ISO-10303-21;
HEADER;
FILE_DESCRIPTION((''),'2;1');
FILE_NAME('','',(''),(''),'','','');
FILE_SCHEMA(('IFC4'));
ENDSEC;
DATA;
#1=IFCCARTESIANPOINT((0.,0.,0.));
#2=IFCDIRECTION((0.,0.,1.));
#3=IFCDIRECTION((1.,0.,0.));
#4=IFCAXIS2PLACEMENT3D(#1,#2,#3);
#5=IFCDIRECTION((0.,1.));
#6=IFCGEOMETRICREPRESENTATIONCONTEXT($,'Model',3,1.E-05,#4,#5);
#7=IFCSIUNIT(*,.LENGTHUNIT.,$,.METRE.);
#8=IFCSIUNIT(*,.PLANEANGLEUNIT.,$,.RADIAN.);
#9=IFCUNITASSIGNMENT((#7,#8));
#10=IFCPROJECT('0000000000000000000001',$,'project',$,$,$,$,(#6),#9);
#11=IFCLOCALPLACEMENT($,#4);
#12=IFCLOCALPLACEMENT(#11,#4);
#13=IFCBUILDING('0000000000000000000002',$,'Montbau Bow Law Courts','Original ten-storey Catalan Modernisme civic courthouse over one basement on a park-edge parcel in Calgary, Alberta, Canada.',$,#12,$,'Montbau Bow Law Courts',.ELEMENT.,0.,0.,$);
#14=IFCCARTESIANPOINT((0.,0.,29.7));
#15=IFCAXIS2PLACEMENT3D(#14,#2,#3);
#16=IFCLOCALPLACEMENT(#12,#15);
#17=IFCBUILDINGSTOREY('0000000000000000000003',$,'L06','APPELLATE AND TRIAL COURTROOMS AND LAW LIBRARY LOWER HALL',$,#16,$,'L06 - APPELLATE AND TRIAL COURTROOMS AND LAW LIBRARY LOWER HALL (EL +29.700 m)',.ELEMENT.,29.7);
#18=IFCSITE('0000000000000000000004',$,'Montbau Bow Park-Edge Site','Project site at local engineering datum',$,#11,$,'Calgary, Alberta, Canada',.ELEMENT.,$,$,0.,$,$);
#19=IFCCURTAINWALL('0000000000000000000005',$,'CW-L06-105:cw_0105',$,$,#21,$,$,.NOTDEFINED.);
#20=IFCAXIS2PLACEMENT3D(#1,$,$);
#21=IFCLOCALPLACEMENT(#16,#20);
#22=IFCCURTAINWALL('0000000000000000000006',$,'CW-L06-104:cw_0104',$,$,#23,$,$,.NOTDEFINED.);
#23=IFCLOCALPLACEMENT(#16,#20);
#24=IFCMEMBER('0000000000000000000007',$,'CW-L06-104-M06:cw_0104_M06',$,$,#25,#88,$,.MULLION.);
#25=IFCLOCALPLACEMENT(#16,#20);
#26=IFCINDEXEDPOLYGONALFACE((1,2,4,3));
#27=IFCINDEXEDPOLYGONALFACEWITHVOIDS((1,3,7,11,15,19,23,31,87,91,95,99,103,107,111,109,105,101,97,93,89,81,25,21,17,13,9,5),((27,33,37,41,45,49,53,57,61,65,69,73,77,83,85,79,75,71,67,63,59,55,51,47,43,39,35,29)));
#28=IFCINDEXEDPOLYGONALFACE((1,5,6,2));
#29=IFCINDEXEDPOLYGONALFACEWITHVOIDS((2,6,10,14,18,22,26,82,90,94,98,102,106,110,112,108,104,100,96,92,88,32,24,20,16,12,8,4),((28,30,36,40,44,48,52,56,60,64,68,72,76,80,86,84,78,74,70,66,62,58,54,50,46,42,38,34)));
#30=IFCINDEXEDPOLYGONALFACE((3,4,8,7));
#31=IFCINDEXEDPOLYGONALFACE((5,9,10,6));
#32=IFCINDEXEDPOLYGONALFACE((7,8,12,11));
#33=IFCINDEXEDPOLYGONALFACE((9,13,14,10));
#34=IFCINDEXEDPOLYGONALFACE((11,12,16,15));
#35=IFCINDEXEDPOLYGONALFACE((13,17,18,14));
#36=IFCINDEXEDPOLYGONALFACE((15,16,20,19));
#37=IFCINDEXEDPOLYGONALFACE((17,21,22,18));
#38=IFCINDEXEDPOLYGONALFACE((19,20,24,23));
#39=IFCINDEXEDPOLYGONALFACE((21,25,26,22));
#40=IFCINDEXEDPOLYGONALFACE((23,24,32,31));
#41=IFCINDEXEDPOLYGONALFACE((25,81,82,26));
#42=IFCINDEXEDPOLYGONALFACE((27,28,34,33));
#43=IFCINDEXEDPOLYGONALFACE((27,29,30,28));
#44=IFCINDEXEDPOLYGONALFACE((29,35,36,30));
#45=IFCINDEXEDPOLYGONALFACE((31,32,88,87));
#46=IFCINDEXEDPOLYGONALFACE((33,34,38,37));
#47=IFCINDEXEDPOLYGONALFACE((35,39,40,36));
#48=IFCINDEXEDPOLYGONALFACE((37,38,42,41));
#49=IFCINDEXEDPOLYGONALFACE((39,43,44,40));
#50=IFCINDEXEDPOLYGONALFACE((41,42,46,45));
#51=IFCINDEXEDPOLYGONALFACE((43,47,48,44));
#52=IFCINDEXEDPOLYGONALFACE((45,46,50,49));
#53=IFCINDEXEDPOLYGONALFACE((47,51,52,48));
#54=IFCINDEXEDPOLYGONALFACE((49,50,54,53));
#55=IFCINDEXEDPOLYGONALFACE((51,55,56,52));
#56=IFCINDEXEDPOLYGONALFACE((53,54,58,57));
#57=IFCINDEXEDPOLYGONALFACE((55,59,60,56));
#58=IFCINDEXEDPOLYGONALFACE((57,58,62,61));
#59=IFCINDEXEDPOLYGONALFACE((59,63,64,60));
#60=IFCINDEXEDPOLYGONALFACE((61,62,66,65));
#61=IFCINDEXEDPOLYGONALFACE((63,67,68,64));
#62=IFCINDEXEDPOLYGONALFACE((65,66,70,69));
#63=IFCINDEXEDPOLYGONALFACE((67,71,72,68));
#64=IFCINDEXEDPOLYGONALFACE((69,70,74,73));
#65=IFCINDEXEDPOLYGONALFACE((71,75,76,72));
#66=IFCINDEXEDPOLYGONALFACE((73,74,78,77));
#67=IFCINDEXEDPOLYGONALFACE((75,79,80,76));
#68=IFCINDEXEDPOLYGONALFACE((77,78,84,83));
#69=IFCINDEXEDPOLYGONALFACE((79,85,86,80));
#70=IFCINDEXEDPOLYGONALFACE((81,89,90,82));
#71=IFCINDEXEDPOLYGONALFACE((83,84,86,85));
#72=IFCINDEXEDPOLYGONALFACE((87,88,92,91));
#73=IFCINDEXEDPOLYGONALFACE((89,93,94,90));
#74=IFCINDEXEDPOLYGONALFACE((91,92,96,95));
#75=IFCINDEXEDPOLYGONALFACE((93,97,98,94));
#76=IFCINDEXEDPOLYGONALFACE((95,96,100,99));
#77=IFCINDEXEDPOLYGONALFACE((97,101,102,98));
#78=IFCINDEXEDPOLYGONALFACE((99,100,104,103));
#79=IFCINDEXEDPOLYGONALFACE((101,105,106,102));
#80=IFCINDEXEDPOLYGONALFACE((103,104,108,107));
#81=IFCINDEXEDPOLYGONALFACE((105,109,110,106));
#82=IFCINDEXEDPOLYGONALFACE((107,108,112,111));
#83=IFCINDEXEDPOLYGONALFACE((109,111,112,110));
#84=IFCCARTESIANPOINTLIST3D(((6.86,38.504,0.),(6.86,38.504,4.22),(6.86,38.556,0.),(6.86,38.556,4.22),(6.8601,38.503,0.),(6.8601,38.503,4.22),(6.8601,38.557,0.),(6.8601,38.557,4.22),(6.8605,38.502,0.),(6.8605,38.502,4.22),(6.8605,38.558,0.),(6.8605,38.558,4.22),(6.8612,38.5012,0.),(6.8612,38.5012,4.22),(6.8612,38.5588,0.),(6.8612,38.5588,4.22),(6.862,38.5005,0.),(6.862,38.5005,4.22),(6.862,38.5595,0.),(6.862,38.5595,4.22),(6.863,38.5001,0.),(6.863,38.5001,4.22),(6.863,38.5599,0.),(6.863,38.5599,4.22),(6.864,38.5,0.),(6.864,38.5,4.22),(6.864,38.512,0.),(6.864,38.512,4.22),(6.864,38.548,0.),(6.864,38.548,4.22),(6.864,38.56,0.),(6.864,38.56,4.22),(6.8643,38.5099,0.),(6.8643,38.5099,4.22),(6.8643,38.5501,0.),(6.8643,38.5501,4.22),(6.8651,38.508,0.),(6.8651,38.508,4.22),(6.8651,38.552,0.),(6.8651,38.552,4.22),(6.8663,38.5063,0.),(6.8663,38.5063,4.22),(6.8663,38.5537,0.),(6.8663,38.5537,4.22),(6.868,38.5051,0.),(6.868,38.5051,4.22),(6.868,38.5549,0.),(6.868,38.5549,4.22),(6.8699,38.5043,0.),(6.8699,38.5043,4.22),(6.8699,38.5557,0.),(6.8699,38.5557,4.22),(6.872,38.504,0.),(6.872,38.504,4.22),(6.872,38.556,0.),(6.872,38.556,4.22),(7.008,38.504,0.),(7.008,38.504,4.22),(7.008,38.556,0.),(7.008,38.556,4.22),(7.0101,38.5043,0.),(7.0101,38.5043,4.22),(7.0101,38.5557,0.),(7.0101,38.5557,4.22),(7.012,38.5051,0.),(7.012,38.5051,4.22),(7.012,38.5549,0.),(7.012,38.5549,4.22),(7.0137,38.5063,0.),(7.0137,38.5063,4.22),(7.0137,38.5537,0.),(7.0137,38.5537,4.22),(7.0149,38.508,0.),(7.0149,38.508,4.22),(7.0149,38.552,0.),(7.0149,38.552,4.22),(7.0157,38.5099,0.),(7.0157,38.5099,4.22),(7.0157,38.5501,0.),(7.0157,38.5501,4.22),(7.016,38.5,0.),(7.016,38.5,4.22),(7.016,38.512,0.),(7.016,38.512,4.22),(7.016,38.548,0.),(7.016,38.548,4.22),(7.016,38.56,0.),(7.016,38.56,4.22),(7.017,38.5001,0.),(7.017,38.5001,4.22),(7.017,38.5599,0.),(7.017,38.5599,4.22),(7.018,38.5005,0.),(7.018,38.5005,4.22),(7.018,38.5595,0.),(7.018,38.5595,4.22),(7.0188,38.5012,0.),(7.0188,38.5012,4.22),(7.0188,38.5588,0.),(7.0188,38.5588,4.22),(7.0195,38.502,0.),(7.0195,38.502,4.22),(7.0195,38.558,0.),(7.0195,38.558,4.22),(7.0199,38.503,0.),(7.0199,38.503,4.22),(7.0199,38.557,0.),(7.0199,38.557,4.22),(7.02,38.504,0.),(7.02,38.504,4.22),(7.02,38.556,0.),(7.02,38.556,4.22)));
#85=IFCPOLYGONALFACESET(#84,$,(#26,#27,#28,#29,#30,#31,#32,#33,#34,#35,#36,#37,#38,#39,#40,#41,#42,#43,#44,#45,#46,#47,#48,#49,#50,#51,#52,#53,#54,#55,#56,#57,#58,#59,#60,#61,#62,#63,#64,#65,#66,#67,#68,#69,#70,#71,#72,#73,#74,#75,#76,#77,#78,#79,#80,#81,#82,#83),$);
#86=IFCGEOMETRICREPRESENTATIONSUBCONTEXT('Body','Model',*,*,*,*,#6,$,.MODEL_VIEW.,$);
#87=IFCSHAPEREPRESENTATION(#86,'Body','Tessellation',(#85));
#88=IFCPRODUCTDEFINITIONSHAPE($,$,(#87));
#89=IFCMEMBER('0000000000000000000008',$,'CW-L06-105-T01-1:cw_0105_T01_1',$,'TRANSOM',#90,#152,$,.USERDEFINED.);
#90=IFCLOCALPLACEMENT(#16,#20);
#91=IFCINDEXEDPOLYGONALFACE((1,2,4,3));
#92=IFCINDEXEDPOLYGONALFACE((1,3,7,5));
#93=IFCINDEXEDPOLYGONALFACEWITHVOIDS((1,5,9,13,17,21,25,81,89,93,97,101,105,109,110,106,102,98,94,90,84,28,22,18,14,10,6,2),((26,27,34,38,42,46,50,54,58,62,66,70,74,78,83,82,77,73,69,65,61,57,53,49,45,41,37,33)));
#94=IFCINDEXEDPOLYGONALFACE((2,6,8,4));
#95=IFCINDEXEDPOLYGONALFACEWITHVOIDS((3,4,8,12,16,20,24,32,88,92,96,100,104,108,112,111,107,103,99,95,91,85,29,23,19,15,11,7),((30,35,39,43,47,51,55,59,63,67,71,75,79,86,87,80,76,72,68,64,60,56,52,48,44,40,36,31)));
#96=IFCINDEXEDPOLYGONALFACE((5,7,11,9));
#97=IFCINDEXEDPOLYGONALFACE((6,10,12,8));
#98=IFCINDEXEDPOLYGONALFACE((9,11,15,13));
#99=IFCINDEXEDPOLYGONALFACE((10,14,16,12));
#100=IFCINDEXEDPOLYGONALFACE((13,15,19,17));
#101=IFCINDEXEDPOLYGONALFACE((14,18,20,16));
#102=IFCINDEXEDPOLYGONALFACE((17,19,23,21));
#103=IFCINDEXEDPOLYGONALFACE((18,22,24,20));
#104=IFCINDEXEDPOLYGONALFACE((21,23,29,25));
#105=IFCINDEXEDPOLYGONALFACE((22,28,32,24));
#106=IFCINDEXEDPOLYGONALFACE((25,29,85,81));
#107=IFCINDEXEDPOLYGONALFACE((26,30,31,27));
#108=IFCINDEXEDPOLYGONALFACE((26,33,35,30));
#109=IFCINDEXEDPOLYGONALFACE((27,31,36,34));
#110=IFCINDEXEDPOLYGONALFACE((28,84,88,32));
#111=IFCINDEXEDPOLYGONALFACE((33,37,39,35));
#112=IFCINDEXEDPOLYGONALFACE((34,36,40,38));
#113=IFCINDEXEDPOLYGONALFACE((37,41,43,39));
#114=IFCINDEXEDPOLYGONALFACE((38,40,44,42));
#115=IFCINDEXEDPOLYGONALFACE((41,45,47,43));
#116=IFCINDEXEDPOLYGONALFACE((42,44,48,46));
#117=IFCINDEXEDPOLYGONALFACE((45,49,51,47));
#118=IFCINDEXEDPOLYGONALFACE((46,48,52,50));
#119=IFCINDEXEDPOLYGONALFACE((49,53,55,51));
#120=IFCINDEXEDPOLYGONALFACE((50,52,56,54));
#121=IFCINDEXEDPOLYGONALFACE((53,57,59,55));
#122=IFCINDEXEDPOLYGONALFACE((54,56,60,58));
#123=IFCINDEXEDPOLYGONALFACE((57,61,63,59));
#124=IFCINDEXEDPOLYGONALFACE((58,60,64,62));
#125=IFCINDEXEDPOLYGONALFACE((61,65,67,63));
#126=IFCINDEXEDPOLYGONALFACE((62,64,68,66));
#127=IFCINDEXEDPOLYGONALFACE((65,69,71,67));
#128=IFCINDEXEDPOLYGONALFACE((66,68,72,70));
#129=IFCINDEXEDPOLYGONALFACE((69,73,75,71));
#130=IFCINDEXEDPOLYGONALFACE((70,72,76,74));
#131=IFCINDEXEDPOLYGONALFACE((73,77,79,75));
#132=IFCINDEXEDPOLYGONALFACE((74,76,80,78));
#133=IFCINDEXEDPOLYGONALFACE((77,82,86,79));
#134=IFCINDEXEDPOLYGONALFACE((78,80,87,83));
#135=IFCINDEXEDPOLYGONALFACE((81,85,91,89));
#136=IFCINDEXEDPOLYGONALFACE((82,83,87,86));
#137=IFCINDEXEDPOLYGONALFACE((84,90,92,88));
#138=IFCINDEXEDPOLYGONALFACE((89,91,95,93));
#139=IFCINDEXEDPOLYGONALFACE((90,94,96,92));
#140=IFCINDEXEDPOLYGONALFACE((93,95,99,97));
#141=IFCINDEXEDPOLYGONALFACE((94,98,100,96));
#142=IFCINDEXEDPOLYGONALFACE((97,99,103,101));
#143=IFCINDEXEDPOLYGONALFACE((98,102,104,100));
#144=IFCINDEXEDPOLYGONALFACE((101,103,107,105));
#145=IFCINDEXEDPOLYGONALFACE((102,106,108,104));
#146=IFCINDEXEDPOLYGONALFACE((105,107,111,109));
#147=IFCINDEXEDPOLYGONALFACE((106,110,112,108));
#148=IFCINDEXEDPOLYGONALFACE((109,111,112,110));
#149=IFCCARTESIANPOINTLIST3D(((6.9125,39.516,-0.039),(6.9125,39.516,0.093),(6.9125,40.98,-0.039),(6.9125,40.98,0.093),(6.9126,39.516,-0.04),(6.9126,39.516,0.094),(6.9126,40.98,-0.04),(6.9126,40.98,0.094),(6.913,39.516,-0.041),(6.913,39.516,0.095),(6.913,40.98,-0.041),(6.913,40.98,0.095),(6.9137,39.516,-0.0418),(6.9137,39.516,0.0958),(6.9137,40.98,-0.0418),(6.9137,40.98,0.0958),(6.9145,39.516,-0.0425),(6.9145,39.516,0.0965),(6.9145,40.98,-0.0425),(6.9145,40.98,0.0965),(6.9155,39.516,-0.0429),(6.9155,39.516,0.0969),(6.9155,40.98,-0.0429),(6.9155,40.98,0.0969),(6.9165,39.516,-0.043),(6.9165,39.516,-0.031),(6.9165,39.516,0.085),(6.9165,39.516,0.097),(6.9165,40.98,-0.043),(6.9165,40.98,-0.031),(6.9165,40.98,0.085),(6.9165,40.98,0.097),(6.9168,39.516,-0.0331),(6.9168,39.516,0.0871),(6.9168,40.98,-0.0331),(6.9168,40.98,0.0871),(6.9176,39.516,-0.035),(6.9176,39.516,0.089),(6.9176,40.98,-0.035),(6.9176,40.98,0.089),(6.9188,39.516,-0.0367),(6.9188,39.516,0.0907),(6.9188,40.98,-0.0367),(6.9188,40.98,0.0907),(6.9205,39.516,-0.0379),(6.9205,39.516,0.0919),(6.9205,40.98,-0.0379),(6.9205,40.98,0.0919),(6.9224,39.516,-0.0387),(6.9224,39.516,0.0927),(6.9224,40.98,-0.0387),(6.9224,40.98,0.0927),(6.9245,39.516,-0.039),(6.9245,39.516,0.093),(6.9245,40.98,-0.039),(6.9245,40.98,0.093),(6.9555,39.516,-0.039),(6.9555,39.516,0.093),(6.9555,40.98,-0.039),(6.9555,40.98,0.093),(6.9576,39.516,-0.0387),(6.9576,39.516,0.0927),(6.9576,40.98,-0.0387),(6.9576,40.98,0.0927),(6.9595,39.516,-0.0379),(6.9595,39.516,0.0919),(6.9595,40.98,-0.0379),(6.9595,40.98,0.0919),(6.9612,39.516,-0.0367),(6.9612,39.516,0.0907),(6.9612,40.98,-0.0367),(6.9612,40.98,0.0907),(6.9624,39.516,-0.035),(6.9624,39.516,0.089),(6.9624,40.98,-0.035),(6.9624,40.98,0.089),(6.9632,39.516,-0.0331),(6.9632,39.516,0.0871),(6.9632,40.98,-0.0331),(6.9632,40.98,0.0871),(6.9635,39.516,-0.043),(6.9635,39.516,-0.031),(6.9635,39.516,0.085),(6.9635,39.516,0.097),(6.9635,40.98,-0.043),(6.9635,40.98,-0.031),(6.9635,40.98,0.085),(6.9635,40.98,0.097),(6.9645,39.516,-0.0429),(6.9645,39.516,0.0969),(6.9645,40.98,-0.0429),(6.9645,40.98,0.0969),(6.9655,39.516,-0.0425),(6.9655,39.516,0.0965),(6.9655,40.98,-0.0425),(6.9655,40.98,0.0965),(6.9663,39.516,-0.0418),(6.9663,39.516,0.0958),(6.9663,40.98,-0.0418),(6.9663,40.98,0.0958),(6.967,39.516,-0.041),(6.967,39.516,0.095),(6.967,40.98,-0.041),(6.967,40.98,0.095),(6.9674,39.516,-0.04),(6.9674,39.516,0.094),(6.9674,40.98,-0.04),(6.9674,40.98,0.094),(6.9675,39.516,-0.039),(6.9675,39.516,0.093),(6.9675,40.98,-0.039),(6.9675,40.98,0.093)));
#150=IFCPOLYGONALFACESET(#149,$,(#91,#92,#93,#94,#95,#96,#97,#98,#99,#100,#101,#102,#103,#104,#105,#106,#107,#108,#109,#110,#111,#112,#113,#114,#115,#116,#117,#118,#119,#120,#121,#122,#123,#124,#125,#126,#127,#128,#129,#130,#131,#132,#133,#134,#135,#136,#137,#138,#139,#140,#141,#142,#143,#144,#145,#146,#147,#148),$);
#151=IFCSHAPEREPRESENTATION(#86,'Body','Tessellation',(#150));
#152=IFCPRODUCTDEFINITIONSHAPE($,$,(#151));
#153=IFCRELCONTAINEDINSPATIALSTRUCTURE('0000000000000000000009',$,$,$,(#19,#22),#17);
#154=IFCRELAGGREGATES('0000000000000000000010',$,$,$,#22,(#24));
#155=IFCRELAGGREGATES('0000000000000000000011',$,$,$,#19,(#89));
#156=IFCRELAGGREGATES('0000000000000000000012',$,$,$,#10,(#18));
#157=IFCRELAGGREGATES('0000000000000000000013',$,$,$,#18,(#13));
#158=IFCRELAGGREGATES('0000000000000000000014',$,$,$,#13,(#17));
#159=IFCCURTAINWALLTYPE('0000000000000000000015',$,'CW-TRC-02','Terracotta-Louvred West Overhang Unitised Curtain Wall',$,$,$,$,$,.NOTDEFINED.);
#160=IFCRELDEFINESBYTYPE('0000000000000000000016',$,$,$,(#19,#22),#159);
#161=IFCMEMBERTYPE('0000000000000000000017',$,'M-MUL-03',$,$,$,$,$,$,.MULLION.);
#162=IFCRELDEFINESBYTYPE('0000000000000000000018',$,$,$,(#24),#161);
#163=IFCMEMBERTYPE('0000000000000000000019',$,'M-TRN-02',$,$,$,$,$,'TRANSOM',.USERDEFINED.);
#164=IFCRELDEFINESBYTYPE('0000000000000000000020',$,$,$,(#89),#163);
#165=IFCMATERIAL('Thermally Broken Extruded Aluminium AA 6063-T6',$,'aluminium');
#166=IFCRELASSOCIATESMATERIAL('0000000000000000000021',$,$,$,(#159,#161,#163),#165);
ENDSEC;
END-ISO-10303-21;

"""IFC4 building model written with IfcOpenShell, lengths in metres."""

from ifc_helpers import new_model, si_unit, direction, frame, origin_with_axes, origin_2d_with_axis, place, context, subcontext, project, spatial, hollow_rectangle, extrude, material, material_profile, profile_set, type_object, element, aggregate, save


model = new_model("IFC4")

# Units and contexts
model_context = context("Model", 3, precision=1e-05, world=origin_with_axes(), true_north=direction((0.0, 1.0)))
body_context = subcontext(model_context, "Body", "Model", "MODEL_VIEW")
ifc_project = project(units=[si_unit("LENGTHUNIT", "METRE"), si_unit("PLANEANGLEUNIT", "RADIAN")], contexts=[model_context])

# Site, building, storey
site_placement = place(None, origin_with_axes())
site = spatial("IfcSite", under=ifc_project, at=site_placement, Name="Montbau Bow Park-Edge Site", Description="Project site at local engineering datum", LongName="Calgary, Alberta, Canada", CompositionType="ELEMENT", RefElevation=0.0)
building_placement = place(site_placement, origin_with_axes())
building = spatial("IfcBuilding", under=site, at=building_placement, Name="Montbau Bow Law Courts", Description="Original ten-storey Catalan Modernisme civic courthouse over one basement on a park-edge parcel in Calgary, Alberta, Canada.", LongName="Montbau Bow Law Courts", CompositionType="ELEMENT", ElevationOfRefHeight=0.0, ElevationOfTerrain=0.0)
storey_placement = place(building_placement, frame((0.0, 0.0, 29.7), z_axis=(0.0, 0.0, 1.0), x_axis=(1.0, 0.0, 0.0)))
storey = spatial("IfcBuildingStorey", under=building, at=storey_placement, Name="L06", Description="APPELLATE AND TRIAL COURTROOMS AND LAW LIBRARY LOWER HALL", LongName="L06 - APPELLATE AND TRIAL COURTROOMS AND LAW LIBRARY LOWER HALL (EL +29.700 m)", CompositionType="ELEMENT", Elevation=29.7)

# Curtain wall
ifc_material_1 = material(Name="Thermally Broken Extruded Aluminium AA 6063-T6", Category="aluminium")
curtain_wall_type = type_object("IfcCurtainWallType", Name="CW-TRC-02", Description="Terracotta-Louvred West Overhang Unitised Curtain Wall", PredefinedType="NOTDEFINED", material=ifc_material_1)
curtain_wall_1_placement = place(None, frame((6.94, 39.44, 29.7), z_axis=(0.0, 0.0, 1.0), x_axis=(1.0, 0.0, 0.0)))
curtain_wall_1 = element("IfcCurtainWall", 1, at=curtain_wall_1_placement, inside=storey, type_object=curtain_wall_type, Name="CW-L06-105:cw_0105", PredefinedType="NOTDEFINED")

# Curtain wall, member
curtain_wall_2_placement = place(None, frame((6.94, 31.04, 29.7), z_axis=(0.0, 0.0, 1.0), x_axis=(1.0, 0.0, 0.0)))
curtain_wall_2 = element("IfcCurtainWall", 2, at=curtain_wall_2_placement, inside=storey, type_object=curtain_wall_type, Name="CW-L06-104:cw_0104", PredefinedType="NOTDEFINED")
ifc_material_profile_1 = material_profile(ifc_material_1, hollow_rectangle(XDim=0.06, YDim=0.16, WallThickness=0.004, InnerFilletRadius=0.008, OuterFilletRadius=0.004, at=origin_2d_with_axis()), Name="CWM-160X60", Category="Main", Priority=0)
ifc_profile_set_1 = profile_set([ifc_material_profile_1], Name="Thermally Broken Extruded Aluminium AA 6063-T6")
member_type_1 = type_object("IfcMemberType", Name="M-MUL-03", PredefinedType="MULLION", material=ifc_profile_set_1)
member_1_placement = place(None, frame((6.94, 38.53, 29.7), z_axis=(0.0, 0.0, 1.0), x_axis=(0.0, 1.0, 0.0)))
member_1 = element("IfcMember", 3, at=member_1_placement, type_object=member_type_1, Name="CW-L06-104-M06:cw_0104_M06", PredefinedType="MULLION", context=body_context, shape_type="SweptSolid", body=[
    extrude(hollow_rectangle(XDim=0.06, YDim=0.16, WallThickness=0.004, InnerFilletRadius=0.008, OuterFilletRadius=0.004, at=origin_2d_with_axis()), origin_with_axes(), (0.0, 0.0, 1.0), 4.22),
])
aggregate(curtain_wall_2, [member_1])

# Member
ifc_material_profile_2 = material_profile(ifc_material_1, hollow_rectangle(XDim=0.055, YDim=0.14, WallThickness=0.004, InnerFilletRadius=0.008, OuterFilletRadius=0.004, at=origin_2d_with_axis()), Name="CWT-140X55", Category="Main", Priority=0)
ifc_profile_set_2 = profile_set([ifc_material_profile_2], Name="Thermally Broken Extruded Aluminium AA 6063-T6")
member_type_2 = type_object("IfcMemberType", Name="M-TRN-02", ElementType="TRANSOM", PredefinedType="USERDEFINED", material=ifc_profile_set_2)
member_2_placement = place(None, frame((6.94, 39.516, 29.727), z_axis=(0.0, 1.0, 0.0), x_axis=(-1.0, 0.0, 0.0)))
member_2 = element("IfcMember", 4, at=member_2_placement, type_object=member_type_2, Name="CW-L06-105-T01-1:cw_0105_T01_1", ObjectType="TRANSOM", PredefinedType="USERDEFINED", context=body_context, shape_type="SweptSolid", body=[
    extrude(hollow_rectangle(XDim=0.055, YDim=0.14, WallThickness=0.004, InnerFilletRadius=0.008, OuterFilletRadius=0.004, at=origin_2d_with_axis()), origin_with_axes(), (0.0, 0.0, 1.0), 1.464),
])

aggregate(curtain_wall_1, [member_2])

save(model, "model.ifc")
